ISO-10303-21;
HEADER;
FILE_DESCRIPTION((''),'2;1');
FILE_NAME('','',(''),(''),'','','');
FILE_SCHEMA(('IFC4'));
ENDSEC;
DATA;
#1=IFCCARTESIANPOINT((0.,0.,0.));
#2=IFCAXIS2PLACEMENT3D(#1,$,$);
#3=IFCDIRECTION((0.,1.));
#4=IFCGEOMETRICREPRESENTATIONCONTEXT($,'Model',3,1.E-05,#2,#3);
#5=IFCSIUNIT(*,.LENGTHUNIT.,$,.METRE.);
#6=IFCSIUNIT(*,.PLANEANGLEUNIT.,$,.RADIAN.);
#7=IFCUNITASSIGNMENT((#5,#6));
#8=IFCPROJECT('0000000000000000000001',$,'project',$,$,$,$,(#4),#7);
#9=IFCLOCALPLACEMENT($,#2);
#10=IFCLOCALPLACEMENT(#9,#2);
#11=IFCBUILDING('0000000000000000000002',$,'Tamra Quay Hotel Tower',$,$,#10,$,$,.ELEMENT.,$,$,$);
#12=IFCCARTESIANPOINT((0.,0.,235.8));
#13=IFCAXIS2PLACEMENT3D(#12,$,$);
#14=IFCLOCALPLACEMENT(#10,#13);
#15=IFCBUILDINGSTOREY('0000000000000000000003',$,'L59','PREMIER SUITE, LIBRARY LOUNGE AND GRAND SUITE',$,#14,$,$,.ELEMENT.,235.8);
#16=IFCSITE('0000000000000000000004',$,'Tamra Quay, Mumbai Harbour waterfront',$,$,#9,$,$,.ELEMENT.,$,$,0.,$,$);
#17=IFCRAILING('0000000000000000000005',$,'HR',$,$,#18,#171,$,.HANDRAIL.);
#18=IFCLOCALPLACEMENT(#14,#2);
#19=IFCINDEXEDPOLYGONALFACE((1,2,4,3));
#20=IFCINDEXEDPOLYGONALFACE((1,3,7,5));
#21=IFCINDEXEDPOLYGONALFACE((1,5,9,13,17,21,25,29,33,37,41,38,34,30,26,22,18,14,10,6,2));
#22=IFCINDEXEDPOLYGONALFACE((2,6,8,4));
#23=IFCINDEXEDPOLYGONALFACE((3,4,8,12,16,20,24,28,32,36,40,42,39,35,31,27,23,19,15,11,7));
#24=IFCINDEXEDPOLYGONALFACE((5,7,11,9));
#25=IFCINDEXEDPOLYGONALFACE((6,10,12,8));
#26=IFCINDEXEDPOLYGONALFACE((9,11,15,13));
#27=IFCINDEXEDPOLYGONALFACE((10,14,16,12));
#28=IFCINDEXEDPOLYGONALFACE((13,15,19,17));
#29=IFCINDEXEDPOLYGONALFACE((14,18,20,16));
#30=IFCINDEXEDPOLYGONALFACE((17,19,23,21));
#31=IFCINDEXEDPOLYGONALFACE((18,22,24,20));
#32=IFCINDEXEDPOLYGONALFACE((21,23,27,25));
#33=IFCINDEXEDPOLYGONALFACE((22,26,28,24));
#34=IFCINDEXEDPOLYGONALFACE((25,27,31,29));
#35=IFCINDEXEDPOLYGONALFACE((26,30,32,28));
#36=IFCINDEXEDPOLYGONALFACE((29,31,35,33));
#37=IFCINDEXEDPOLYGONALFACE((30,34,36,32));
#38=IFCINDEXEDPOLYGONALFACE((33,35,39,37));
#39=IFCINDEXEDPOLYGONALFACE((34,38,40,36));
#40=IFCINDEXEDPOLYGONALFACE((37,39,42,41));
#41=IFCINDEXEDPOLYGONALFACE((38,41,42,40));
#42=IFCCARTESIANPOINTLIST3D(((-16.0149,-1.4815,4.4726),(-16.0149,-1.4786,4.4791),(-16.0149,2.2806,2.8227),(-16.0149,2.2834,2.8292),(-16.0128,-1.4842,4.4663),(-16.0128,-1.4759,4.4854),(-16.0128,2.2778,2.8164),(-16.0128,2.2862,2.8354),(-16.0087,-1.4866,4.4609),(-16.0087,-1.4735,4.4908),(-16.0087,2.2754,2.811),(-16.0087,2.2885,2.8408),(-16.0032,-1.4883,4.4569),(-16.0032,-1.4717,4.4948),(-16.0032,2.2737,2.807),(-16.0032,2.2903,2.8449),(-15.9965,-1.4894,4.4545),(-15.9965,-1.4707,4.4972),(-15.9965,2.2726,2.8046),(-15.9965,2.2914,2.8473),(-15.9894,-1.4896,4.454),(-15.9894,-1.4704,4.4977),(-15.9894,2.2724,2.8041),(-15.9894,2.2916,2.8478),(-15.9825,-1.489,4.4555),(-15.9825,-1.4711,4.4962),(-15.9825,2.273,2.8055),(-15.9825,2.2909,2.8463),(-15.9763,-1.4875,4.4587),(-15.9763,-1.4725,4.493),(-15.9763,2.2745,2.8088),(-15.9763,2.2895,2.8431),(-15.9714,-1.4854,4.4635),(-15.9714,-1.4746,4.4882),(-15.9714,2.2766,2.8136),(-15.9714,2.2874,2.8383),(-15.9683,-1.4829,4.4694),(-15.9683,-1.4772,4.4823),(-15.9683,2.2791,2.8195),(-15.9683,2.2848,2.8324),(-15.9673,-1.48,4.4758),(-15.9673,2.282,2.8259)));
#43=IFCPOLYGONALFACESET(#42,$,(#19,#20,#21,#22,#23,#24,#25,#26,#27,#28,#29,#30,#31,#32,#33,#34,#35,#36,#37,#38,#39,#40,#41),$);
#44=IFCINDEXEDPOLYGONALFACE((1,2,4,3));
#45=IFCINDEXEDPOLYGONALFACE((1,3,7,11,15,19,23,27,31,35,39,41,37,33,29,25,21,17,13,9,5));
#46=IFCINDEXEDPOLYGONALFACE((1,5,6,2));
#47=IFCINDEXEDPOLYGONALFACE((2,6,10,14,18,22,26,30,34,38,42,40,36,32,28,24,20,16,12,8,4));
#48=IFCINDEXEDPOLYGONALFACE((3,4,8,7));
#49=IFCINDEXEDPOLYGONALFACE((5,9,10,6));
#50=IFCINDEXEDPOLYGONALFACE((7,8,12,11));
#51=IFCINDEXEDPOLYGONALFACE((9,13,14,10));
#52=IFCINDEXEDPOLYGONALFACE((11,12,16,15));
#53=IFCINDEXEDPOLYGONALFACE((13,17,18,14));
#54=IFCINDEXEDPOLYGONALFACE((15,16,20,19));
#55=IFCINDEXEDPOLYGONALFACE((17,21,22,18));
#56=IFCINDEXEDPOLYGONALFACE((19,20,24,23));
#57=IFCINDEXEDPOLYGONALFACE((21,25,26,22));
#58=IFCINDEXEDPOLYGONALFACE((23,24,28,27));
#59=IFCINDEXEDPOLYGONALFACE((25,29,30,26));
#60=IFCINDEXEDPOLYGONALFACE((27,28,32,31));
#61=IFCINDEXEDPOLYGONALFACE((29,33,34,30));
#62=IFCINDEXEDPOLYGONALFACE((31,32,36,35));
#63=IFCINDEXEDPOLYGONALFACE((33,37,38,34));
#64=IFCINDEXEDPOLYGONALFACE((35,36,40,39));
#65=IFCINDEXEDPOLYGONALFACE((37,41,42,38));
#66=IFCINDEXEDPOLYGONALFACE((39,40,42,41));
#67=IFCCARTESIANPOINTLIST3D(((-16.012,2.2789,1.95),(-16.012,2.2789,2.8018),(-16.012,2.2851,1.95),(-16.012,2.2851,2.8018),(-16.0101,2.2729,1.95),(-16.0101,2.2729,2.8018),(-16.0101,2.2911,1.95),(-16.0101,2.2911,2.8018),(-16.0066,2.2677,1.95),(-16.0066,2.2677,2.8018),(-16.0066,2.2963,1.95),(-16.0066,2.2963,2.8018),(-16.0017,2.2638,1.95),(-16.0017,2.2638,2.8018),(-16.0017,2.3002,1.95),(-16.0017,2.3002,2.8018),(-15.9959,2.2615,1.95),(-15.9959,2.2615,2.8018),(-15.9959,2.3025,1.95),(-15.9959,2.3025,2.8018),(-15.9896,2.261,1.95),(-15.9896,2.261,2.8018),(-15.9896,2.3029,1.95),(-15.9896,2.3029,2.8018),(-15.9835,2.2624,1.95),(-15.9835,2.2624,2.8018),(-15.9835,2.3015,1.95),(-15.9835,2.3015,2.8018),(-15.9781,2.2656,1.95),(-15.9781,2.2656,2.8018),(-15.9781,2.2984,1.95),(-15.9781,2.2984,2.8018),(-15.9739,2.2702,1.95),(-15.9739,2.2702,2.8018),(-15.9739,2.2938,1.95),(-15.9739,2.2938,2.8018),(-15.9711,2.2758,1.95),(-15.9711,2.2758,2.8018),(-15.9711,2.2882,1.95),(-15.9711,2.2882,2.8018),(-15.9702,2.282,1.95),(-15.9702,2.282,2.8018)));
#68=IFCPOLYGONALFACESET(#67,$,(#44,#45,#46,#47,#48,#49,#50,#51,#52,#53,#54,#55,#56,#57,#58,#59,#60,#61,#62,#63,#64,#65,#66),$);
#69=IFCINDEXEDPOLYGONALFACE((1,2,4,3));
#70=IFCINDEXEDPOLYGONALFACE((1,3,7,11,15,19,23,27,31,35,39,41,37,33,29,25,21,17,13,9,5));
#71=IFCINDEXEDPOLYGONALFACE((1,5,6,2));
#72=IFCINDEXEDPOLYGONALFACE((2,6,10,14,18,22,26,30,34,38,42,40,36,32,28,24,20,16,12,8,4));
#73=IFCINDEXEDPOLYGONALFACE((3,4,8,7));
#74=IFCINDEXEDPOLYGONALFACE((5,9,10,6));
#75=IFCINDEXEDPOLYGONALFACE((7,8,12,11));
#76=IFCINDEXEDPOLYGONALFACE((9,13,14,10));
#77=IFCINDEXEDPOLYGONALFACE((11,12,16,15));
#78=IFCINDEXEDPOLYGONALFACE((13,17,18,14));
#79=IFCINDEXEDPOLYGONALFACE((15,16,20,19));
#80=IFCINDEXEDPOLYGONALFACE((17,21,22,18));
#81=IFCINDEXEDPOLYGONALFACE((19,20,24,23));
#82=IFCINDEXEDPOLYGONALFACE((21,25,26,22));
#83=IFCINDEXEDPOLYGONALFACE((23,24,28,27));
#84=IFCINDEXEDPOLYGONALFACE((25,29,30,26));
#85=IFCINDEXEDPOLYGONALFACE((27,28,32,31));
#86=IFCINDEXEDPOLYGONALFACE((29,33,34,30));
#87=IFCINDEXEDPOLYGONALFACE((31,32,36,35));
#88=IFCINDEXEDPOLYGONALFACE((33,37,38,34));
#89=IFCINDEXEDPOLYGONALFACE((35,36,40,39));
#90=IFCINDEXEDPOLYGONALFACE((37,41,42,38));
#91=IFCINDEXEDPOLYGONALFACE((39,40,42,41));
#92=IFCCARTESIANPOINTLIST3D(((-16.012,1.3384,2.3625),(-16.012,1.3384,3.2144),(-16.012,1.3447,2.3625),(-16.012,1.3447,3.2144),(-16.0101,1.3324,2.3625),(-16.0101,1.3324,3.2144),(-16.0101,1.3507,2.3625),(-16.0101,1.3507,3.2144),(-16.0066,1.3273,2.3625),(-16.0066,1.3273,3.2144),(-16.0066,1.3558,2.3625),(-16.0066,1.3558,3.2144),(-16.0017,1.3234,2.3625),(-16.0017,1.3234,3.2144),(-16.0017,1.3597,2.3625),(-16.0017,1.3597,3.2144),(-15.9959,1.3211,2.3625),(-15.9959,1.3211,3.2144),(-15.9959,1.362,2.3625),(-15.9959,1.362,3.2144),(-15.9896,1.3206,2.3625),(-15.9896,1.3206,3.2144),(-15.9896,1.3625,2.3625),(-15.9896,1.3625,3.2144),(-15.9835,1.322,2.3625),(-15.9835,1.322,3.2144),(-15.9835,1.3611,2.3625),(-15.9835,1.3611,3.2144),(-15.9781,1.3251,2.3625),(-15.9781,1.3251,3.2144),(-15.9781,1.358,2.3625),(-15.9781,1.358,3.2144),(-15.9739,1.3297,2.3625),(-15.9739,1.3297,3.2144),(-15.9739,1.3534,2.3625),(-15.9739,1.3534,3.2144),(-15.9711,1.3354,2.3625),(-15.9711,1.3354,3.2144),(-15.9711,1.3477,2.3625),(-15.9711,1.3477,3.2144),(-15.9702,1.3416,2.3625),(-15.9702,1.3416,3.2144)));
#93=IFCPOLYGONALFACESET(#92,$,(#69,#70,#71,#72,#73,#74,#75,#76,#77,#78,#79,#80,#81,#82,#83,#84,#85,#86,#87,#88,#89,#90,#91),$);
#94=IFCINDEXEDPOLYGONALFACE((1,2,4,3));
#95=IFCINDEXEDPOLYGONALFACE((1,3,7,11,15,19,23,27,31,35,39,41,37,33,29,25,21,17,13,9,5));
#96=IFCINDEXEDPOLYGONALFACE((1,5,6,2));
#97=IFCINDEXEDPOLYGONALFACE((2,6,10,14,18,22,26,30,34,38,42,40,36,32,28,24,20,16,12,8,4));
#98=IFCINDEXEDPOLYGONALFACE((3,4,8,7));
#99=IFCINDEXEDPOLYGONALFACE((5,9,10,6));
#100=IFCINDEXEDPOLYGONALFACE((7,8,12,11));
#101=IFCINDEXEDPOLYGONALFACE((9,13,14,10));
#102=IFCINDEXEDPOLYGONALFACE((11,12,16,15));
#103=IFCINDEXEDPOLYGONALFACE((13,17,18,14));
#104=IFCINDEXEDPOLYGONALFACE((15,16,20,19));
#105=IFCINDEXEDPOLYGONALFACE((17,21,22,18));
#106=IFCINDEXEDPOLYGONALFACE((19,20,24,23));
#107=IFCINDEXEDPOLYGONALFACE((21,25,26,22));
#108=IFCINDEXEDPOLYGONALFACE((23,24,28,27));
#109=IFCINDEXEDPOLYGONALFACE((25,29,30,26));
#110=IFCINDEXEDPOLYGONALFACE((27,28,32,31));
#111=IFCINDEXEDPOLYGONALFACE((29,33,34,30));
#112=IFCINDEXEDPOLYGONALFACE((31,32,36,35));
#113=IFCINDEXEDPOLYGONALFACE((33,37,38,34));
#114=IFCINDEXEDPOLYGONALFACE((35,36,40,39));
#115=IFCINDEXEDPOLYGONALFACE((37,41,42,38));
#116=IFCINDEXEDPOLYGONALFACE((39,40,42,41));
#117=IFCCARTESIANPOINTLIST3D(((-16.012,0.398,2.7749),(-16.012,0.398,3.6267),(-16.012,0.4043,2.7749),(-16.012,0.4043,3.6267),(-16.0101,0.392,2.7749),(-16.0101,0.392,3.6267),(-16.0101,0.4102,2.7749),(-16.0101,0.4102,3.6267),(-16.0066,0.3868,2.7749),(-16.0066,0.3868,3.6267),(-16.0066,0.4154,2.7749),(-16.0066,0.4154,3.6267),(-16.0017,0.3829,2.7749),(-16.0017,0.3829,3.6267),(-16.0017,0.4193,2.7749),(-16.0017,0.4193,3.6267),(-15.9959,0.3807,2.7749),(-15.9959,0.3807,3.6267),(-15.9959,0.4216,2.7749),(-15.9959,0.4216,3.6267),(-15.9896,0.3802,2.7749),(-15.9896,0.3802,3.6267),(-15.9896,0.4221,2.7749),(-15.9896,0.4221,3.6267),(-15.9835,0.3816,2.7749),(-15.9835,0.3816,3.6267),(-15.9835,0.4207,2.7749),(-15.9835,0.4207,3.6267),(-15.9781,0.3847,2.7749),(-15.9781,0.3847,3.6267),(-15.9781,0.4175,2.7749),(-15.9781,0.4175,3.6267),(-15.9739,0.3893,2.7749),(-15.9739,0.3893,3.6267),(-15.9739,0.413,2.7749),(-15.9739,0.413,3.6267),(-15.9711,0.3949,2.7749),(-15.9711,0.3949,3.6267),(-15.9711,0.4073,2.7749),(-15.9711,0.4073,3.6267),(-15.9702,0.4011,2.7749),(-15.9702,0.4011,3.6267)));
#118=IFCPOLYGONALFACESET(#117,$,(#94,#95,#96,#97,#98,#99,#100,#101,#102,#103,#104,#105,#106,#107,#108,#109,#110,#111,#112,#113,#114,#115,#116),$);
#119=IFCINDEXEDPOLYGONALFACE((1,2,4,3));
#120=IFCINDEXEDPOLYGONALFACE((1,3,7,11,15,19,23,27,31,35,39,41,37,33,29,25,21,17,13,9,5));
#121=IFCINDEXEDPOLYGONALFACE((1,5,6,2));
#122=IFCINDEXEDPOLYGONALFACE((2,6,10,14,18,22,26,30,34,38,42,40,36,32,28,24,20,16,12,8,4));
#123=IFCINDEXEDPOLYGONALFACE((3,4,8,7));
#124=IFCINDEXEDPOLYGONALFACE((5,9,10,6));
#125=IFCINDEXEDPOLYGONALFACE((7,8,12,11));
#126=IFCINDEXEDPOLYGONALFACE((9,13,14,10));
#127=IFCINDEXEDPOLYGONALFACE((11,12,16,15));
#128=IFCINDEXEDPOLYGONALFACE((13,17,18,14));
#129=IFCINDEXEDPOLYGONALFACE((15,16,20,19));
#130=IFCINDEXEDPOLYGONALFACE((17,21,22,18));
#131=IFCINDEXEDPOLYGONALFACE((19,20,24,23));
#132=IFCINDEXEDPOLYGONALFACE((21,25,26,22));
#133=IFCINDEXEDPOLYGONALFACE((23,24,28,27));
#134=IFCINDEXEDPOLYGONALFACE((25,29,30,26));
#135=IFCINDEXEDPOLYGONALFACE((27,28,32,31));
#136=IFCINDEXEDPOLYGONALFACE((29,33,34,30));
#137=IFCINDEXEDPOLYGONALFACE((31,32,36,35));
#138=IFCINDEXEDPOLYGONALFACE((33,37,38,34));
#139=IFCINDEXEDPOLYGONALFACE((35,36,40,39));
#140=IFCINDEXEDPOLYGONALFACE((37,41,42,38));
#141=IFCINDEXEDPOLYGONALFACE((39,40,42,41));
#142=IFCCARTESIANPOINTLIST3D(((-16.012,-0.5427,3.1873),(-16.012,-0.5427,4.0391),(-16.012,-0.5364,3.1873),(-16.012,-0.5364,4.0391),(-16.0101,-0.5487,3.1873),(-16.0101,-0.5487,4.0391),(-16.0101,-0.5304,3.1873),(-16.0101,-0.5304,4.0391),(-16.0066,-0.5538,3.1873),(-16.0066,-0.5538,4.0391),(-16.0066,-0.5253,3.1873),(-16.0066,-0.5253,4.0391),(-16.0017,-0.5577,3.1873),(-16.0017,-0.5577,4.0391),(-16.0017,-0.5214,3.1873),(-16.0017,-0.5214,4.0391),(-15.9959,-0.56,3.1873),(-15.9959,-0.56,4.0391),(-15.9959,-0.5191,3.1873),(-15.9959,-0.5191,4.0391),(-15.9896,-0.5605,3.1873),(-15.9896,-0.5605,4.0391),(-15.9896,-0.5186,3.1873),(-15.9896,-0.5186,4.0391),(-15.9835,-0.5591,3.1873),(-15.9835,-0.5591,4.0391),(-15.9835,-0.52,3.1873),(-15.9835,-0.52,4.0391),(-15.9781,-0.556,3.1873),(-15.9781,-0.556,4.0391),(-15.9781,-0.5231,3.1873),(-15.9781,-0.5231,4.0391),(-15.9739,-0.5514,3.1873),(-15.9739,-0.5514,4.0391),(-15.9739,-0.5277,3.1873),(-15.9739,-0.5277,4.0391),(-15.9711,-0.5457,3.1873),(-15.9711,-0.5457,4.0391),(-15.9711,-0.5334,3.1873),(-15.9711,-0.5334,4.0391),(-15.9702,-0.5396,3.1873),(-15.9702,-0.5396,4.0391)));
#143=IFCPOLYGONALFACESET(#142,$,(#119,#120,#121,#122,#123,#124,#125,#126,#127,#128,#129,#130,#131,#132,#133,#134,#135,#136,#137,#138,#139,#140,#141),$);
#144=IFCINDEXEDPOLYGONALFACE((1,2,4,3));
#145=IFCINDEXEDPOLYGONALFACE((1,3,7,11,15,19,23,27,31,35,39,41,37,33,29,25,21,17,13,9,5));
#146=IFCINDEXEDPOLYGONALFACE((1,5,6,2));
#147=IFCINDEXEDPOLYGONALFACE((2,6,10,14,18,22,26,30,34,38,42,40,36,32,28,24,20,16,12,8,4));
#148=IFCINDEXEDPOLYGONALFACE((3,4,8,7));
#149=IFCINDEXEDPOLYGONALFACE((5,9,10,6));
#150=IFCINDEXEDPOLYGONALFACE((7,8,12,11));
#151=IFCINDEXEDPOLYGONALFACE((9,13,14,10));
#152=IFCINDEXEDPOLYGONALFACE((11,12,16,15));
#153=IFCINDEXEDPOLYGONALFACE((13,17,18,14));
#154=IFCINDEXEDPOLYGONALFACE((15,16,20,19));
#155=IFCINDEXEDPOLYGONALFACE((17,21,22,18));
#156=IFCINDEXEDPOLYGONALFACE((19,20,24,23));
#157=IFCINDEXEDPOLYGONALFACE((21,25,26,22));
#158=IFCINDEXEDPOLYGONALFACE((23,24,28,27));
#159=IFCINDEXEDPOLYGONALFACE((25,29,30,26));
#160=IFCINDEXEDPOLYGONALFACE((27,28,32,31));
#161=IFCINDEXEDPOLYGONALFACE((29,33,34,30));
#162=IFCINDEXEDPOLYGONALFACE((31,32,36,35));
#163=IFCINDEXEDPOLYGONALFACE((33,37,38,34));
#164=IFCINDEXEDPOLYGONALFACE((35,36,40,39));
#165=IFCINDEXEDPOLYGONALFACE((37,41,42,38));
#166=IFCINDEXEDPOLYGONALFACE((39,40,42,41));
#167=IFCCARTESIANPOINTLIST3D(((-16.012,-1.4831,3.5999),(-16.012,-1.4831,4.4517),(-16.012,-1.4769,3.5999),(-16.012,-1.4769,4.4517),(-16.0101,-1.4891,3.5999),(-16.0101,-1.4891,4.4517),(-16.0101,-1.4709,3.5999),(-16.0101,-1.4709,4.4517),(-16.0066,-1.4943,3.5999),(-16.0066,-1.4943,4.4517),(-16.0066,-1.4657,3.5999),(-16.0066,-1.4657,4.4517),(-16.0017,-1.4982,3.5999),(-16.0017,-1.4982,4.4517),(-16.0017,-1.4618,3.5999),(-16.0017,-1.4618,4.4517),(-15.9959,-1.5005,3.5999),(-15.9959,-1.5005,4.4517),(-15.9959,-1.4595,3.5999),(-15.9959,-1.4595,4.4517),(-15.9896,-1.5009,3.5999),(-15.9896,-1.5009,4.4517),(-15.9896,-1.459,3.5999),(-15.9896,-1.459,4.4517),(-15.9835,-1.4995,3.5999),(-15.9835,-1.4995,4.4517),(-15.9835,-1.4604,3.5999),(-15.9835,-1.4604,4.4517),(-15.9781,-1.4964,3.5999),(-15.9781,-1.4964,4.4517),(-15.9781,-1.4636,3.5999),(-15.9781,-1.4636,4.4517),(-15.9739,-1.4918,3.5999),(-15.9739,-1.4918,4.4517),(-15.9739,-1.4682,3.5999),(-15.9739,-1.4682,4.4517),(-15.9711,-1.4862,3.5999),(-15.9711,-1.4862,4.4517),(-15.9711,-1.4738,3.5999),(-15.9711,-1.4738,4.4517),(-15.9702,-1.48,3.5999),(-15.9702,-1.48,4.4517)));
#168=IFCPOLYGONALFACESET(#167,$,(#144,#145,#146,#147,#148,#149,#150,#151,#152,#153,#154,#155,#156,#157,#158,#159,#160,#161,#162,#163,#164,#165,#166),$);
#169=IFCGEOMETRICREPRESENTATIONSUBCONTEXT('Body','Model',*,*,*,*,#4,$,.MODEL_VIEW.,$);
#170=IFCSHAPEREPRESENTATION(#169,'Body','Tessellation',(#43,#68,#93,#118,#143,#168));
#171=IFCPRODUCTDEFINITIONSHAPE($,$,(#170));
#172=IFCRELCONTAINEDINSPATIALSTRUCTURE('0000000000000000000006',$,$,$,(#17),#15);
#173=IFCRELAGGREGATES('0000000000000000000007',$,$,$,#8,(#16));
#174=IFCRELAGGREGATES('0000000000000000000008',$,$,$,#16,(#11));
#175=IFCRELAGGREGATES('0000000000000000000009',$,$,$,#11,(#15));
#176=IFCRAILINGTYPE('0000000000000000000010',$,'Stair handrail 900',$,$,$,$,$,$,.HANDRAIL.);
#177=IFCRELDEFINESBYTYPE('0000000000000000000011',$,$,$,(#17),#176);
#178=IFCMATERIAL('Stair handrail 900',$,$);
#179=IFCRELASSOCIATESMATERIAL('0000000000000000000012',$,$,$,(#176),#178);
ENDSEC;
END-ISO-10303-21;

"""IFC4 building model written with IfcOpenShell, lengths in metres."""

from ifc_helpers import new_model, si_unit, direction, frame, origin, origin_2d, place, context, subcontext, project, spatial, circle, extrude, material, type_object, element, save


model = new_model("IFC4")

# Units and contexts
model_context = context("Model", 3, precision=1e-05, world=origin(), true_north=direction((0.0, 1.0)))
body_context = subcontext(model_context, "Body", "Model", "MODEL_VIEW")
ifc_project = project(units=[si_unit("LENGTHUNIT", "METRE"), si_unit("PLANEANGLEUNIT", "RADIAN")], contexts=[model_context])

# Site, building, storey
site_placement = place(None, origin())
site = spatial("IfcSite", under=ifc_project, at=site_placement, Name="Tamra Quay, Mumbai Harbour waterfront", CompositionType="ELEMENT", RefElevation=0.0)
building_placement = place(site_placement, origin())
building = spatial("IfcBuilding", under=site, at=building_placement, Name="Tamra Quay Hotel Tower", CompositionType="ELEMENT")
storey_placement = place(building_placement, frame((0.0, 0.0, 235.8)))
storey = spatial("IfcBuildingStorey", under=building, at=storey_placement, Name="L59", Description="PREMIER SUITE, LIBRARY LOUNGE AND GRAND SUITE", CompositionType="ELEMENT", Elevation=235.8)

# Railing
ifc_material_1 = material(Name="Stair handrail 900")
railing_type = type_object("IfcRailingType", Name="Stair handrail 900", PredefinedType="HANDRAIL", material=ifc_material_1)
railing_placement = place(storey_placement, frame((-15.9912, 2.282, 1.95)))
element("IfcRailing", 1, at=railing_placement, inside=storey, type_object=railing_type, Name="HR", PredefinedType="HANDRAIL", context=body_context, shape_type="SweptSolid", body=[
    extrude(circle(Radius=0.0239, at=origin_2d()), frame((0.0, 0.0, 0.876), z_axis=(0.0, -0.915795, 0.401645), x_axis=(1.0, 0.0, 0.0)), (0.0, 0.0, 1.0), 4.1079),
    extrude(circle(Radius=0.021, at=origin_2d()), origin(), (0.0, 0.0, 1.0), 0.8518),
    extrude(circle(Radius=0.021, at=origin_2d()), frame((0.0, -0.9404, 0.4126)), (0.0, 0.0, 1.0), 0.8518),
    extrude(circle(Radius=0.021, at=origin_2d()), frame((0.0, -1.8809, 0.825)), (0.0, 0.0, 1.0), 0.8518),
    extrude(circle(Radius=0.021, at=origin_2d()), frame((0.0, -2.8215, 1.2373)), (0.0, 0.0, 1.0), 0.8518),
    extrude(circle(Radius=0.021, at=origin_2d()), frame((0.0, -3.762, 1.6499)), (0.0, 0.0, 1.0), 0.8518),
])

save(model, "model.ifc")
